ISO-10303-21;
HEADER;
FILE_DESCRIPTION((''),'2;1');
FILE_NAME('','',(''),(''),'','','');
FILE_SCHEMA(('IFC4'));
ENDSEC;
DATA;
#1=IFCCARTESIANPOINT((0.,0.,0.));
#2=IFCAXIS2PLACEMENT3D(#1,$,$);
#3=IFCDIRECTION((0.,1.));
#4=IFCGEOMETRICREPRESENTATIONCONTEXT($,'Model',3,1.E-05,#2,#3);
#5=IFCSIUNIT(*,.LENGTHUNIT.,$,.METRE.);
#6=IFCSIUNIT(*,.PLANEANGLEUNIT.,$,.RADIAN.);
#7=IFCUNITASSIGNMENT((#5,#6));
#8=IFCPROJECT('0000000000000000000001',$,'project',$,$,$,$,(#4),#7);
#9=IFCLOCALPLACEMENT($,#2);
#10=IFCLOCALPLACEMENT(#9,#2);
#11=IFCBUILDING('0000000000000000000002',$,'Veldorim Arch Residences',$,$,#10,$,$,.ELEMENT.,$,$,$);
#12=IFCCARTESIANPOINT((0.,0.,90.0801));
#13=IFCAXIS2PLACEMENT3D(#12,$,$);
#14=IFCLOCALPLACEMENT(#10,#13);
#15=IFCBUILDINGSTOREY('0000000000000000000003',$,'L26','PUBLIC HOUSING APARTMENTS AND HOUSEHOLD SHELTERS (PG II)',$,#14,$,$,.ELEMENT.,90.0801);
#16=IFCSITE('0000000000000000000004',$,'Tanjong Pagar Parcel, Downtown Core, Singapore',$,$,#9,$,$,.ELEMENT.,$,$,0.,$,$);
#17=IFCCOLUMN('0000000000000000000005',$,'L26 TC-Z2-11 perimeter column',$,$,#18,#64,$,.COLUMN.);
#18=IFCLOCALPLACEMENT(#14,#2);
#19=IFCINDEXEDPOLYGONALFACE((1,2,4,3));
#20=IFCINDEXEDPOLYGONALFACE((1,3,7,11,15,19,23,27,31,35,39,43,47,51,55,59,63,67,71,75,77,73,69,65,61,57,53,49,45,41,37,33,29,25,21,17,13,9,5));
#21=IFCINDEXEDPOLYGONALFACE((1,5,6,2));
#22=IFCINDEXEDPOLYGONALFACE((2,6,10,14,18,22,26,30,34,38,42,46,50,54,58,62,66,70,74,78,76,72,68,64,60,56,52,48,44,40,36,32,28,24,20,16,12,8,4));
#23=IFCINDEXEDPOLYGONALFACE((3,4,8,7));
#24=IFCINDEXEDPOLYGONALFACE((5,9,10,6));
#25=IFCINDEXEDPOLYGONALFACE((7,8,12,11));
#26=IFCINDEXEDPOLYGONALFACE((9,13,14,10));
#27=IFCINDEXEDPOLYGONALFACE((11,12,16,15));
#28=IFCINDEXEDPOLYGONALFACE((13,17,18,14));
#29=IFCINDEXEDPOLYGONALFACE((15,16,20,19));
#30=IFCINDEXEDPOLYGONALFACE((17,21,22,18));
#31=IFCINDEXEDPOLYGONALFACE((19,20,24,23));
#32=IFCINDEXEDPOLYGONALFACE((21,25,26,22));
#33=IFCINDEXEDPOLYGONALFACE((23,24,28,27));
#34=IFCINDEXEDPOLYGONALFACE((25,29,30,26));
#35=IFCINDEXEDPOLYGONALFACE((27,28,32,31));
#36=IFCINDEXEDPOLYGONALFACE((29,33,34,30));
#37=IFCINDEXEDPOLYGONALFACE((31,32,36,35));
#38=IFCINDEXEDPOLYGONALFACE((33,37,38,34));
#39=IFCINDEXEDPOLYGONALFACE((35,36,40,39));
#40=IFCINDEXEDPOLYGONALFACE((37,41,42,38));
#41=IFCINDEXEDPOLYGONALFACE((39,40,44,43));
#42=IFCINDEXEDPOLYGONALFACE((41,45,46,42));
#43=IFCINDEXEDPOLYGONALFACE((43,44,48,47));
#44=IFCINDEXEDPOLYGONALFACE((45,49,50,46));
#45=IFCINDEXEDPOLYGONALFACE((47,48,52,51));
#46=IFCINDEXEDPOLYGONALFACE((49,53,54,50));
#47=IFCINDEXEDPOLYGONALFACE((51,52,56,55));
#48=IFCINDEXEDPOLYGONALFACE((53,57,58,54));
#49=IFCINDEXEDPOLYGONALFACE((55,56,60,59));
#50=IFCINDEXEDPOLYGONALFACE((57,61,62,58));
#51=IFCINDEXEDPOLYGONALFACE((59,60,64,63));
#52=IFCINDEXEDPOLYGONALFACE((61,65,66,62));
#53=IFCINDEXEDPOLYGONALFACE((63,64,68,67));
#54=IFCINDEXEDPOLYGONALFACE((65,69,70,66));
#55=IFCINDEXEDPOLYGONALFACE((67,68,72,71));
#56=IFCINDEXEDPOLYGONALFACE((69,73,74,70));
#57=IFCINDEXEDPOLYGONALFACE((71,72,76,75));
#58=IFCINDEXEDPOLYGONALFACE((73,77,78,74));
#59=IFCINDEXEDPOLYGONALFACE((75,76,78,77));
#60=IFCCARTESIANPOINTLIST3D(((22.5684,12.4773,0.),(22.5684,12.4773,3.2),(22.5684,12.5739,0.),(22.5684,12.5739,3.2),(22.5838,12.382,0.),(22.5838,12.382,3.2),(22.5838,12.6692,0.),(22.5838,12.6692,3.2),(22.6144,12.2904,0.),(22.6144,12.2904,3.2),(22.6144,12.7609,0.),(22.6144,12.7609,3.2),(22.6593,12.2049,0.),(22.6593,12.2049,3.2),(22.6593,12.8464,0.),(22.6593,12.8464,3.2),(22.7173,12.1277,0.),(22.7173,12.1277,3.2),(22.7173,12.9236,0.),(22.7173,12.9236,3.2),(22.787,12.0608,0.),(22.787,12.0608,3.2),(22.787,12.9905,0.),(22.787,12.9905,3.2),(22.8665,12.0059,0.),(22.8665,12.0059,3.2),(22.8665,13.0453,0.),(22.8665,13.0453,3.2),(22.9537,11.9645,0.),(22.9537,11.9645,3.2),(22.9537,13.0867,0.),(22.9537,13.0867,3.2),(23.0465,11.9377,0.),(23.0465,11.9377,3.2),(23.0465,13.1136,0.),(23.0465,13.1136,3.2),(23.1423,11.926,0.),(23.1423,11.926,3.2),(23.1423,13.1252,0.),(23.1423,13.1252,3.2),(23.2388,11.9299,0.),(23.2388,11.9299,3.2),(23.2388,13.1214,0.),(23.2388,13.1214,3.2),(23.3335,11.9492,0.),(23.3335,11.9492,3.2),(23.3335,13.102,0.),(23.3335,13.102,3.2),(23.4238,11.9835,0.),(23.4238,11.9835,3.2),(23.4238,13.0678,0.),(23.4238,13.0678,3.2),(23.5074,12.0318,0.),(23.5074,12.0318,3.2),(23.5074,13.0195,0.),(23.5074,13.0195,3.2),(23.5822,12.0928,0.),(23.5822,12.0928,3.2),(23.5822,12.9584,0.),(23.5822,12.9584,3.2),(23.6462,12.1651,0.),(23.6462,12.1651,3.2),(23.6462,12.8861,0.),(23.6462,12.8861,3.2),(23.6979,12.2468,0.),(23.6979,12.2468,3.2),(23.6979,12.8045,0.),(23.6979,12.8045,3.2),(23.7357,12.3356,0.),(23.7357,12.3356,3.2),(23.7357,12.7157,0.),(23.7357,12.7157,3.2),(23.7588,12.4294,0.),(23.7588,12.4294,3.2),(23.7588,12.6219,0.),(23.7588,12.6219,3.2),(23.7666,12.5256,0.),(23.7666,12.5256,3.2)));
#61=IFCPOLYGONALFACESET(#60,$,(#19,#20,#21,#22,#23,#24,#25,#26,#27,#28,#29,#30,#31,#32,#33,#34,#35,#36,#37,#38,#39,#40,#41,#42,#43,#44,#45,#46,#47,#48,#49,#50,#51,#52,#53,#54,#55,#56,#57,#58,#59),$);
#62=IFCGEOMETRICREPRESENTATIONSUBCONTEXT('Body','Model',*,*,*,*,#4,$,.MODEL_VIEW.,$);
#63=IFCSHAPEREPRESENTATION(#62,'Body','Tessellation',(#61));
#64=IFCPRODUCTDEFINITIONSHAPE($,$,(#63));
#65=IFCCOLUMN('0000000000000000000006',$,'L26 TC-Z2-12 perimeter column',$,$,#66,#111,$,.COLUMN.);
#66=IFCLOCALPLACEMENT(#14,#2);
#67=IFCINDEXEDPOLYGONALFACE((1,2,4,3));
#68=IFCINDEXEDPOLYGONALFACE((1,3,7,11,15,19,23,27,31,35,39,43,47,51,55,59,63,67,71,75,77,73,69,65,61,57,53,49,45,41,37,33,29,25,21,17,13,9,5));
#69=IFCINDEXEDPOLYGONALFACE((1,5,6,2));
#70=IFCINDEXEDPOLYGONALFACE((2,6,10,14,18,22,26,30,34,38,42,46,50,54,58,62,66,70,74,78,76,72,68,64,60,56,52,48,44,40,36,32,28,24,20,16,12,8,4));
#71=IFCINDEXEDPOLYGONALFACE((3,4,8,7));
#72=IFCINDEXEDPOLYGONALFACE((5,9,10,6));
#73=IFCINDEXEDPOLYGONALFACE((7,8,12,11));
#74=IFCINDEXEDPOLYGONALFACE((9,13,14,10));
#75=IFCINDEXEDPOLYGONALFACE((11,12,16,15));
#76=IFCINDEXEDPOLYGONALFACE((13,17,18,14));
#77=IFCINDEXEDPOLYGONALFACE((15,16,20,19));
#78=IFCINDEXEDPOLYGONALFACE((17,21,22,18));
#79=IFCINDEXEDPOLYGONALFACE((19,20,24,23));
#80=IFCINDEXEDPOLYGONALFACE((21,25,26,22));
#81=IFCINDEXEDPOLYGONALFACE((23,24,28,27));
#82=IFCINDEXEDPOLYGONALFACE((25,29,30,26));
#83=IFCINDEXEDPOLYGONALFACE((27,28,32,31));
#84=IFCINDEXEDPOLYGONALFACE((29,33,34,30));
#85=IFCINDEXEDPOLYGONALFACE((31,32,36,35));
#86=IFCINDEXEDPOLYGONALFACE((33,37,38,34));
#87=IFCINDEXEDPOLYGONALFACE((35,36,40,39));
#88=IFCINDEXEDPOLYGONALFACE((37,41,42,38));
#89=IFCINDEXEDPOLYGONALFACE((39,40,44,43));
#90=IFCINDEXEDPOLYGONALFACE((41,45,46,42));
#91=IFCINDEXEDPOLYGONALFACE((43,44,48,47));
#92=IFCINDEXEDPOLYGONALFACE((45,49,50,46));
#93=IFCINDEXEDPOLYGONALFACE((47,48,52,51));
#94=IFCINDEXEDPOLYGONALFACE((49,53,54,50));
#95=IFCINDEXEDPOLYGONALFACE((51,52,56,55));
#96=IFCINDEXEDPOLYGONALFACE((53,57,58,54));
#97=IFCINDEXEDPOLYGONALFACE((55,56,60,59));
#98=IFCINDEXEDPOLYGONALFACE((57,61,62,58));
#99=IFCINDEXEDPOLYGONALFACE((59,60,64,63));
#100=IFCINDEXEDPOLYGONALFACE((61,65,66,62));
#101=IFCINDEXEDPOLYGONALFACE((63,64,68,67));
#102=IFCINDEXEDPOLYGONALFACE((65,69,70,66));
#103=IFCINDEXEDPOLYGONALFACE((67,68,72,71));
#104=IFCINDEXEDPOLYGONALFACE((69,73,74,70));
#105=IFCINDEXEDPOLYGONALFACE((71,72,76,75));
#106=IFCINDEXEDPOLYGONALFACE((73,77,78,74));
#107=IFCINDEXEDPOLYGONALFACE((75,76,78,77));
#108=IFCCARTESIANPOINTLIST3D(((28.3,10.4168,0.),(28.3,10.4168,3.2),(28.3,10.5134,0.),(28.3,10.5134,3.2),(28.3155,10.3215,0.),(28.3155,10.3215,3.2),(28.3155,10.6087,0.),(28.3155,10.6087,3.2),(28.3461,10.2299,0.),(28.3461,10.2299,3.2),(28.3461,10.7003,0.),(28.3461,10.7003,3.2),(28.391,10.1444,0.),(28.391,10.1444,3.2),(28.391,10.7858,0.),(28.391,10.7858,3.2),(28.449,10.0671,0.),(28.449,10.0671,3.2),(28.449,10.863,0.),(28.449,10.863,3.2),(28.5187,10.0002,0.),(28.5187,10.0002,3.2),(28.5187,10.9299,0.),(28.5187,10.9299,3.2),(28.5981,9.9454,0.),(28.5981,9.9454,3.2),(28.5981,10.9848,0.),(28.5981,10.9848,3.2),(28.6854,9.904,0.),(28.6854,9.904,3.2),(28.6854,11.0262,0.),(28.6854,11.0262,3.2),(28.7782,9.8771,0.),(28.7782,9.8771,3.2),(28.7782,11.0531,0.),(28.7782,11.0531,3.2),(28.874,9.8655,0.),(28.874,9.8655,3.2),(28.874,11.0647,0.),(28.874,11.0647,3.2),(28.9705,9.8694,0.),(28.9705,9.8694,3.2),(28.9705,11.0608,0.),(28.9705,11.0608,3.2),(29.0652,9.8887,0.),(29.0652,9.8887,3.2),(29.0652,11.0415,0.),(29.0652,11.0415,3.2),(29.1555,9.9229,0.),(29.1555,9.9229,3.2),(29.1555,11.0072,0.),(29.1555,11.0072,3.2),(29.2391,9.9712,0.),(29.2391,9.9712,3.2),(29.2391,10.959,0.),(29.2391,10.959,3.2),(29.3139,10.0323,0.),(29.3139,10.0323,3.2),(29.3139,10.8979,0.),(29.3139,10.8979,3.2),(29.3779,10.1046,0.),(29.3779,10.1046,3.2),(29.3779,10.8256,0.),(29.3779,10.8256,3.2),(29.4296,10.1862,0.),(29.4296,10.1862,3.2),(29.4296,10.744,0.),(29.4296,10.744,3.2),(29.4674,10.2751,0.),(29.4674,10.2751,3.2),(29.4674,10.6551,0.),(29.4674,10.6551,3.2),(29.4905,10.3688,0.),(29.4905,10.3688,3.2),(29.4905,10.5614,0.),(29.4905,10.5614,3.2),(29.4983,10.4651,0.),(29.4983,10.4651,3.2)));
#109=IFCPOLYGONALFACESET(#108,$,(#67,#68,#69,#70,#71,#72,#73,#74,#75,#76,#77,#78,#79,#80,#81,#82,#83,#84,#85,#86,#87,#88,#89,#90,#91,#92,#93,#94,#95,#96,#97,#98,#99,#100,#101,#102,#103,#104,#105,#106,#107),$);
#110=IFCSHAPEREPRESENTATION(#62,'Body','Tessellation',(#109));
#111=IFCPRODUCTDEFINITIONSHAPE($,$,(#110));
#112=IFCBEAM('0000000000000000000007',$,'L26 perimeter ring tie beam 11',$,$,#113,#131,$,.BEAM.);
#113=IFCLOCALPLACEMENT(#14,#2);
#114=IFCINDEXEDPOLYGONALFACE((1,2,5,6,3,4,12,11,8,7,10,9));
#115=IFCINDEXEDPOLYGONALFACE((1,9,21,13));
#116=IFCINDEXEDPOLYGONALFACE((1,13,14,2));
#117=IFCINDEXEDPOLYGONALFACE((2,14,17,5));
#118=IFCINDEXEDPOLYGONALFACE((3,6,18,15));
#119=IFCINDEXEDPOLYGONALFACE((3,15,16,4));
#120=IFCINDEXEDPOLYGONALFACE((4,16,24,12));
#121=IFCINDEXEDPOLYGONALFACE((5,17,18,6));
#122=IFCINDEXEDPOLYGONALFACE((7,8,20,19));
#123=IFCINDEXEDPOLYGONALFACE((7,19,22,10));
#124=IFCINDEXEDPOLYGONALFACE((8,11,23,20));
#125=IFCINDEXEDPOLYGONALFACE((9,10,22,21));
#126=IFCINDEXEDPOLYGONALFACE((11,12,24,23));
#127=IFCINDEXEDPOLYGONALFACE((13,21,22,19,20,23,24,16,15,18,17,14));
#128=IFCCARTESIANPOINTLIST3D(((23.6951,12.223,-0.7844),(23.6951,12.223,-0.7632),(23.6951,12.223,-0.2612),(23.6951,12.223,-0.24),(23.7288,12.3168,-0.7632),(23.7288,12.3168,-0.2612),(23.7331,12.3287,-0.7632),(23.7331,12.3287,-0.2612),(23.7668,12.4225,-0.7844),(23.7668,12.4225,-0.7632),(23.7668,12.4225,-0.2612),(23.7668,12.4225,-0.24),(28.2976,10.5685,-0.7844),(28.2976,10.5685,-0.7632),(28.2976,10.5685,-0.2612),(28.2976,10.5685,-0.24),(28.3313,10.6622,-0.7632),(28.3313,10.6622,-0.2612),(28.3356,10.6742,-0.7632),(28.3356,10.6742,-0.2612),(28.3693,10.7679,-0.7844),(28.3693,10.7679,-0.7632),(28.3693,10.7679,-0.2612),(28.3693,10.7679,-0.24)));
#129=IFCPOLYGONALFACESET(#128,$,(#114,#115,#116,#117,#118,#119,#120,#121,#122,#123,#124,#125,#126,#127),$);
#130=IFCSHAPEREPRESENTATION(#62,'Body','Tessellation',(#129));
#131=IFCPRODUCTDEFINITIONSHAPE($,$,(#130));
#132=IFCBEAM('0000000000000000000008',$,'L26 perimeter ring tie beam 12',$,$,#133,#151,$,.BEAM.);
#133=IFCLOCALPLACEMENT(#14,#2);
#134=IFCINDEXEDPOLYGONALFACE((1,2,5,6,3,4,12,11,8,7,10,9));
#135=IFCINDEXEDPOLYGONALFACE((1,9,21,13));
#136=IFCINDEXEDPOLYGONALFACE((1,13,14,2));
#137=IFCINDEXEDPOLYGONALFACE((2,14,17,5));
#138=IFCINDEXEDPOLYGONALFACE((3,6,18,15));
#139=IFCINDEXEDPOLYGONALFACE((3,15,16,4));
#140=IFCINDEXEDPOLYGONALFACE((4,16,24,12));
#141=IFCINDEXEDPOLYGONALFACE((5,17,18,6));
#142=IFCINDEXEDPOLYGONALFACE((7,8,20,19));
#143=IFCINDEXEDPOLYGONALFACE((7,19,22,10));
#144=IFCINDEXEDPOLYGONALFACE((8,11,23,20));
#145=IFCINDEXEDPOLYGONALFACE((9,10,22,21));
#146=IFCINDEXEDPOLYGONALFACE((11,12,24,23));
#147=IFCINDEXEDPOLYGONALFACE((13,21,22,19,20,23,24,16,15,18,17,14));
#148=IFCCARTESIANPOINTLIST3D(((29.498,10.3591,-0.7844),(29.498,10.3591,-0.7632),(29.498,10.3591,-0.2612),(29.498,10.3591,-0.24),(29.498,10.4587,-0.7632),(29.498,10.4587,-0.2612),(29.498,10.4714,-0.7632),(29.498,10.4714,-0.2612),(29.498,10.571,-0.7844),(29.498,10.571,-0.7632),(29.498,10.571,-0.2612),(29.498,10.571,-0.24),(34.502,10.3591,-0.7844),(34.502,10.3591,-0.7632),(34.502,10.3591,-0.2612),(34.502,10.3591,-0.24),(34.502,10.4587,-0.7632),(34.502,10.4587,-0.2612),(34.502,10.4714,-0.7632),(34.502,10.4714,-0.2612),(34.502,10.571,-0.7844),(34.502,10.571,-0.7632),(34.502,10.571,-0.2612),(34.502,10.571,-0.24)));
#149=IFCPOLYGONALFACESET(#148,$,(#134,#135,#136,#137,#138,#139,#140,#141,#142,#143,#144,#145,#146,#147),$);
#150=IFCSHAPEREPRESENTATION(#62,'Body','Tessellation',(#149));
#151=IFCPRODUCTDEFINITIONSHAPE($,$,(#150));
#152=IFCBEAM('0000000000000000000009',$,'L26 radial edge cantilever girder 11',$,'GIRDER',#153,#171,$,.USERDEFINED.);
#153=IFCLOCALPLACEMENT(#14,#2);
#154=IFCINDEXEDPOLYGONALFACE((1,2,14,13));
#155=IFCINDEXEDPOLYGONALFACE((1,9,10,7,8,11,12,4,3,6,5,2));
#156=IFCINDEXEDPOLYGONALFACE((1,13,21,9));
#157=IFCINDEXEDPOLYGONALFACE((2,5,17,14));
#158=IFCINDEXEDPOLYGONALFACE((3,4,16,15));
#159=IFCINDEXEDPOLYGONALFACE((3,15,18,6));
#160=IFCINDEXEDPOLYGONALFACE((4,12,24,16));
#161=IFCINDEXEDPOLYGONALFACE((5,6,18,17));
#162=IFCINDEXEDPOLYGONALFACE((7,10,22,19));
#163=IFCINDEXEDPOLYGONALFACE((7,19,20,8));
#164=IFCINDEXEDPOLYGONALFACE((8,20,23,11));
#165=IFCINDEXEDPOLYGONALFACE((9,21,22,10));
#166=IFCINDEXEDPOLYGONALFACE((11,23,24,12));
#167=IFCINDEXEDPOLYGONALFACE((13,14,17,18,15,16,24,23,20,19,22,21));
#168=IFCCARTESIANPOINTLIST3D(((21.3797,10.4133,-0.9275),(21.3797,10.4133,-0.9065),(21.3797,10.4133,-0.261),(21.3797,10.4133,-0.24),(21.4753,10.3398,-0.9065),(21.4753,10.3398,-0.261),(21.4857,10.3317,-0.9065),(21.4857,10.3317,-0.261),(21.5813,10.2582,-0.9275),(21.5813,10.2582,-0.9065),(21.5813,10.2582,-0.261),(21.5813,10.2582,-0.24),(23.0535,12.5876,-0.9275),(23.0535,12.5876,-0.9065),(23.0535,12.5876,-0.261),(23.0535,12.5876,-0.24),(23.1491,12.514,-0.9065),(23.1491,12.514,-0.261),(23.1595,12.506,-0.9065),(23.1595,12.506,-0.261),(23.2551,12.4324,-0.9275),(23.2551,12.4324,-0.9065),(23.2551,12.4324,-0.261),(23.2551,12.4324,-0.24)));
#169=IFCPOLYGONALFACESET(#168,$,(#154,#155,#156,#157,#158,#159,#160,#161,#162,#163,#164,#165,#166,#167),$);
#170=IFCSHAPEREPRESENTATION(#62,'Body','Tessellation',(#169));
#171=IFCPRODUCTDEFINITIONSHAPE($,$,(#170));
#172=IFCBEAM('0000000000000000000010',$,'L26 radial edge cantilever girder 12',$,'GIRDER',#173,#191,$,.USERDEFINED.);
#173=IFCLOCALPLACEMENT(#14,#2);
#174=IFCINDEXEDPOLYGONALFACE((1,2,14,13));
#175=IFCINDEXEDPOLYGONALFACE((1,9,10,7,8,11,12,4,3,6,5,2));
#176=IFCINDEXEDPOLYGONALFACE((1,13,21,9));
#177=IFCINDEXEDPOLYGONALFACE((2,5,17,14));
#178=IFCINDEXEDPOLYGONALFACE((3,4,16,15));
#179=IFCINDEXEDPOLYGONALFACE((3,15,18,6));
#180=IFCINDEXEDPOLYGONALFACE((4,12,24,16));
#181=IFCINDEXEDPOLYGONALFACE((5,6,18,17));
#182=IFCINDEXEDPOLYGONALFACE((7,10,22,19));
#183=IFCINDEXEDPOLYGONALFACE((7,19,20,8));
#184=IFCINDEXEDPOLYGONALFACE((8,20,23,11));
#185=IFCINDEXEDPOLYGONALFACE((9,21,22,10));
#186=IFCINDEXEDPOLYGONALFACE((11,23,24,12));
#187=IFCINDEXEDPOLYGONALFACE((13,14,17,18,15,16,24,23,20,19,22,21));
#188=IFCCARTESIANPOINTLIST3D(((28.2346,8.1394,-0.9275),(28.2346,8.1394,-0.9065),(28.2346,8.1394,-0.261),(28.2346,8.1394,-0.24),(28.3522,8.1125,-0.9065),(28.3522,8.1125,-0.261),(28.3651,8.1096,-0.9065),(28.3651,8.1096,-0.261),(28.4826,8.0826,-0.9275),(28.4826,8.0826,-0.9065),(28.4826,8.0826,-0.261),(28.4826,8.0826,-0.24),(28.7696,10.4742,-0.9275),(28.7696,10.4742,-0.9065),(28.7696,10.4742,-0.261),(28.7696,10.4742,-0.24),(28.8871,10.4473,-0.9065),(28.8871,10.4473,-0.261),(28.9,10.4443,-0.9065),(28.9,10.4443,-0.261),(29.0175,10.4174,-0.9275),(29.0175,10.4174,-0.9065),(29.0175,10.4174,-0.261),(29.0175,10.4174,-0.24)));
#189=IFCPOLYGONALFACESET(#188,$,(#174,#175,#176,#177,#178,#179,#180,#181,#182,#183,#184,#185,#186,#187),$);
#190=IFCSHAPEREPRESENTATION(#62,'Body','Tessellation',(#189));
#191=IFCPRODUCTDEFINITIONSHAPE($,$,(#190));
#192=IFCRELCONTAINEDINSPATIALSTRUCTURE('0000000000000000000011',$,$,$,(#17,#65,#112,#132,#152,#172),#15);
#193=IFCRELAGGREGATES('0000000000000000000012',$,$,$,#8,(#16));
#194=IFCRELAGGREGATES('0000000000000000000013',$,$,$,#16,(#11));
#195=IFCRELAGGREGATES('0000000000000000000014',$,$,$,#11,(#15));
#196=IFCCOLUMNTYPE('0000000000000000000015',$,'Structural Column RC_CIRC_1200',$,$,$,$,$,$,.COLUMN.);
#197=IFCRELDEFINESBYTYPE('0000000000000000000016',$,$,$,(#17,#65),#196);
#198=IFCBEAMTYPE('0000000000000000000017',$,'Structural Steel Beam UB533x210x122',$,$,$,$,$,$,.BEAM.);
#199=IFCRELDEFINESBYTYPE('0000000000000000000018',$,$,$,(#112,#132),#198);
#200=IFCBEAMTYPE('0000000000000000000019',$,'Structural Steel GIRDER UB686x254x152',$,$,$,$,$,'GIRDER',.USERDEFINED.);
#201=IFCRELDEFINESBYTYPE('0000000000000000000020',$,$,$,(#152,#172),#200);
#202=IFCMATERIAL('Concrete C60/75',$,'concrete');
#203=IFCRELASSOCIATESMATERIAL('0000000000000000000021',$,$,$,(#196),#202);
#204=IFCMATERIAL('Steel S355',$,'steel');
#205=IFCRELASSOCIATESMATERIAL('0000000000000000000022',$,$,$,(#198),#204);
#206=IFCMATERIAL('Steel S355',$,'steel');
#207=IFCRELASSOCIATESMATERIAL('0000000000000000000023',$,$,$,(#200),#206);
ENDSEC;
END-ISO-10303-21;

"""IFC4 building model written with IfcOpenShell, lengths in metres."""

from ifc_helpers import new_model, si_unit, direction, frame, origin, origin_2d, place, context, subcontext, project, spatial, circle, i_section, extrude, material, material_profile, profile_set, type_object, element, save


model = new_model("IFC4")

# Units and contexts
model_context = context("Model", 3, precision=1e-05, world=origin(), true_north=direction((0.0, 1.0)))
body_context = subcontext(model_context, "Body", "Model", "MODEL_VIEW")
ifc_project = project(units=[si_unit("LENGTHUNIT", "METRE"), si_unit("PLANEANGLEUNIT", "RADIAN")], contexts=[model_context])

# Site, building, storey
site_placement = place(None, origin())
site = spatial("IfcSite", under=ifc_project, at=site_placement, Name="Tanjong Pagar Parcel, Downtown Core, Singapore", CompositionType="ELEMENT", RefElevation=0.0)
building_placement = place(site_placement, origin())
building = spatial("IfcBuilding", under=site, at=building_placement, Name="Veldorim Arch Residences", CompositionType="ELEMENT")
storey_placement = place(building_placement, frame((0.0, 0.0, 90.0801)))
storey = spatial("IfcBuildingStorey", under=building, at=storey_placement, Name="L26", Description="PUBLIC HOUSING APARTMENTS AND HOUSEHOLD SHELTERS (PG II)", CompositionType="ELEMENT", Elevation=90.0801)

# Columns
ifc_material_1 = material(Name="Concrete C60/75", Category="concrete")
ifc_material_profile_1 = material_profile(ifc_material_1, circle(Radius=0.6001, at=origin_2d()), Name="RC_CIRC_1200")
ifc_profile_set_1 = profile_set([ifc_material_profile_1], Name="Concrete C60/75")
column_type = type_object("IfcColumnType", Name="Structural Column RC_CIRC_1200", PredefinedType="COLUMN", material=ifc_profile_set_1)
for number, where, z_axis, x_axis, name in (
    (1, (23.1665, 12.5256, 0.0), (0.0, 0.0, 1.0), (1.0, 0.0, 0.0), "L26 TC-Z2-11 perimeter column"),
    (2, (28.8982, 10.4651, 0.0), (0.0, 0.0, 1.0), (1.0, 0.0, 0.0), "L26 TC-Z2-12 perimeter column"),
):
    element("IfcColumn", number, at=place(storey_placement, frame(where, z_axis=z_axis, x_axis=x_axis)), inside=storey, type_object=column_type, Name=name, PredefinedType="COLUMN", context=body_context, shape_type="SweptSolid", body=[
        extrude(circle(Radius=0.6001, at=origin_2d()), origin(), (0.0, 0.0, 1.0), 3.2),
    ])

# Beams
ifc_material_2 = material(Name="Steel S355", Category="steel")
ifc_material_profile_2 = material_profile(ifc_material_2, i_section(OverallWidth=0.2119, OverallDepth=0.5444, WebThickness=0.0127, FlangeThickness=0.0212, at=origin_2d()), Name="UB533x210x122")
ifc_profile_set_2 = profile_set([ifc_material_profile_2], Name="Steel S355")
beam_type_1 = type_object("IfcBeamType", Name="Structural Steel Beam UB533x210x122", PredefinedType="BEAM", material=ifc_profile_set_2)
beam_1_placement = place(storey_placement, frame((23.731, 12.3228, -0.5122), z_axis=(0.941042, -0.33829, 0.0), x_axis=(0.33829, 0.941042, 0.0)))
element("IfcBeam", 3, at=beam_1_placement, inside=storey, type_object=beam_type_1, Name="L26 perimeter ring tie beam 11", PredefinedType="BEAM", context=body_context, shape_type="SweptSolid", body=[
    extrude(i_section(OverallWidth=0.2119, OverallDepth=0.5444, WebThickness=0.0127, FlangeThickness=0.0212, at=origin_2d()), origin(), (0.0, 0.0, 1.0), 4.8909),
])
beam_2_placement = place(storey_placement, frame((29.498, 10.4651, -0.5122), z_axis=(1.0, 0.0, 0.0), x_axis=(0.0, 1.0, 0.0)))
element("IfcBeam", 4, at=beam_2_placement, inside=storey, type_object=beam_type_1, Name="L26 perimeter ring tie beam 12", PredefinedType="BEAM", context=body_context, shape_type="SweptSolid", body=[
    extrude(i_section(OverallWidth=0.2119, OverallDepth=0.5444, WebThickness=0.0127, FlangeThickness=0.0212, at=origin_2d()), origin(), (0.0, 0.0, 1.0), 5.0039),
])
ifc_material_3 = material(Name="Steel S355", Category="steel")
ifc_material_profile_3 = material_profile(ifc_material_3, i_section(OverallWidth=0.2544, OverallDepth=0.6875, WebThickness=0.0132, FlangeThickness=0.021, at=origin_2d()), Name="UB686x254x152")
ifc_profile_set_3 = profile_set([ifc_material_profile_3], Name="Steel S355")
beam_type_2 = type_object("IfcBeamType", Name="Structural Steel GIRDER UB686x254x152", ElementType="GIRDER", PredefinedType="USERDEFINED", material=ifc_profile_set_3)
beam_3_placement = place(storey_placement, frame((23.1543, 12.51, -0.5837), z_axis=(-0.610003, -0.792399, 0.0), x_axis=(0.792399, -0.610003, 0.0)))
element("IfcBeam", 5, at=beam_3_placement, inside=storey, type_object=beam_type_2, Name="L26 radial edge cantilever girder 11", ObjectType="GIRDER", PredefinedType="USERDEFINED", context=body_context, shape_type="SweptSolid", body=[
    extrude(i_section(OverallWidth=0.2544, OverallDepth=0.6875, WebThickness=0.0132, FlangeThickness=0.021, at=origin_2d()), origin(), (0.0, 0.0, 1.0), 2.7439),
])
beam_4_placement = place(storey_placement, frame((28.8936, 10.4458, -0.5837), z_axis=(-0.223326, -0.974744, 0.0), x_axis=(0.974744, -0.223326, 0.0)))
element("IfcBeam", 6, at=beam_4_placement, inside=storey, type_object=beam_type_2, Name="L26 radial edge cantilever girder 12", ObjectType="GIRDER", PredefinedType="USERDEFINED", context=body_context, shape_type="SweptSolid", body=[
    extrude(i_section(OverallWidth=0.2544, OverallDepth=0.6875, WebThickness=0.0132, FlangeThickness=0.021, at=origin_2d()), origin(), (0.0, 0.0, 1.0), 2.3953),
])

save(model, "model.ifc")
